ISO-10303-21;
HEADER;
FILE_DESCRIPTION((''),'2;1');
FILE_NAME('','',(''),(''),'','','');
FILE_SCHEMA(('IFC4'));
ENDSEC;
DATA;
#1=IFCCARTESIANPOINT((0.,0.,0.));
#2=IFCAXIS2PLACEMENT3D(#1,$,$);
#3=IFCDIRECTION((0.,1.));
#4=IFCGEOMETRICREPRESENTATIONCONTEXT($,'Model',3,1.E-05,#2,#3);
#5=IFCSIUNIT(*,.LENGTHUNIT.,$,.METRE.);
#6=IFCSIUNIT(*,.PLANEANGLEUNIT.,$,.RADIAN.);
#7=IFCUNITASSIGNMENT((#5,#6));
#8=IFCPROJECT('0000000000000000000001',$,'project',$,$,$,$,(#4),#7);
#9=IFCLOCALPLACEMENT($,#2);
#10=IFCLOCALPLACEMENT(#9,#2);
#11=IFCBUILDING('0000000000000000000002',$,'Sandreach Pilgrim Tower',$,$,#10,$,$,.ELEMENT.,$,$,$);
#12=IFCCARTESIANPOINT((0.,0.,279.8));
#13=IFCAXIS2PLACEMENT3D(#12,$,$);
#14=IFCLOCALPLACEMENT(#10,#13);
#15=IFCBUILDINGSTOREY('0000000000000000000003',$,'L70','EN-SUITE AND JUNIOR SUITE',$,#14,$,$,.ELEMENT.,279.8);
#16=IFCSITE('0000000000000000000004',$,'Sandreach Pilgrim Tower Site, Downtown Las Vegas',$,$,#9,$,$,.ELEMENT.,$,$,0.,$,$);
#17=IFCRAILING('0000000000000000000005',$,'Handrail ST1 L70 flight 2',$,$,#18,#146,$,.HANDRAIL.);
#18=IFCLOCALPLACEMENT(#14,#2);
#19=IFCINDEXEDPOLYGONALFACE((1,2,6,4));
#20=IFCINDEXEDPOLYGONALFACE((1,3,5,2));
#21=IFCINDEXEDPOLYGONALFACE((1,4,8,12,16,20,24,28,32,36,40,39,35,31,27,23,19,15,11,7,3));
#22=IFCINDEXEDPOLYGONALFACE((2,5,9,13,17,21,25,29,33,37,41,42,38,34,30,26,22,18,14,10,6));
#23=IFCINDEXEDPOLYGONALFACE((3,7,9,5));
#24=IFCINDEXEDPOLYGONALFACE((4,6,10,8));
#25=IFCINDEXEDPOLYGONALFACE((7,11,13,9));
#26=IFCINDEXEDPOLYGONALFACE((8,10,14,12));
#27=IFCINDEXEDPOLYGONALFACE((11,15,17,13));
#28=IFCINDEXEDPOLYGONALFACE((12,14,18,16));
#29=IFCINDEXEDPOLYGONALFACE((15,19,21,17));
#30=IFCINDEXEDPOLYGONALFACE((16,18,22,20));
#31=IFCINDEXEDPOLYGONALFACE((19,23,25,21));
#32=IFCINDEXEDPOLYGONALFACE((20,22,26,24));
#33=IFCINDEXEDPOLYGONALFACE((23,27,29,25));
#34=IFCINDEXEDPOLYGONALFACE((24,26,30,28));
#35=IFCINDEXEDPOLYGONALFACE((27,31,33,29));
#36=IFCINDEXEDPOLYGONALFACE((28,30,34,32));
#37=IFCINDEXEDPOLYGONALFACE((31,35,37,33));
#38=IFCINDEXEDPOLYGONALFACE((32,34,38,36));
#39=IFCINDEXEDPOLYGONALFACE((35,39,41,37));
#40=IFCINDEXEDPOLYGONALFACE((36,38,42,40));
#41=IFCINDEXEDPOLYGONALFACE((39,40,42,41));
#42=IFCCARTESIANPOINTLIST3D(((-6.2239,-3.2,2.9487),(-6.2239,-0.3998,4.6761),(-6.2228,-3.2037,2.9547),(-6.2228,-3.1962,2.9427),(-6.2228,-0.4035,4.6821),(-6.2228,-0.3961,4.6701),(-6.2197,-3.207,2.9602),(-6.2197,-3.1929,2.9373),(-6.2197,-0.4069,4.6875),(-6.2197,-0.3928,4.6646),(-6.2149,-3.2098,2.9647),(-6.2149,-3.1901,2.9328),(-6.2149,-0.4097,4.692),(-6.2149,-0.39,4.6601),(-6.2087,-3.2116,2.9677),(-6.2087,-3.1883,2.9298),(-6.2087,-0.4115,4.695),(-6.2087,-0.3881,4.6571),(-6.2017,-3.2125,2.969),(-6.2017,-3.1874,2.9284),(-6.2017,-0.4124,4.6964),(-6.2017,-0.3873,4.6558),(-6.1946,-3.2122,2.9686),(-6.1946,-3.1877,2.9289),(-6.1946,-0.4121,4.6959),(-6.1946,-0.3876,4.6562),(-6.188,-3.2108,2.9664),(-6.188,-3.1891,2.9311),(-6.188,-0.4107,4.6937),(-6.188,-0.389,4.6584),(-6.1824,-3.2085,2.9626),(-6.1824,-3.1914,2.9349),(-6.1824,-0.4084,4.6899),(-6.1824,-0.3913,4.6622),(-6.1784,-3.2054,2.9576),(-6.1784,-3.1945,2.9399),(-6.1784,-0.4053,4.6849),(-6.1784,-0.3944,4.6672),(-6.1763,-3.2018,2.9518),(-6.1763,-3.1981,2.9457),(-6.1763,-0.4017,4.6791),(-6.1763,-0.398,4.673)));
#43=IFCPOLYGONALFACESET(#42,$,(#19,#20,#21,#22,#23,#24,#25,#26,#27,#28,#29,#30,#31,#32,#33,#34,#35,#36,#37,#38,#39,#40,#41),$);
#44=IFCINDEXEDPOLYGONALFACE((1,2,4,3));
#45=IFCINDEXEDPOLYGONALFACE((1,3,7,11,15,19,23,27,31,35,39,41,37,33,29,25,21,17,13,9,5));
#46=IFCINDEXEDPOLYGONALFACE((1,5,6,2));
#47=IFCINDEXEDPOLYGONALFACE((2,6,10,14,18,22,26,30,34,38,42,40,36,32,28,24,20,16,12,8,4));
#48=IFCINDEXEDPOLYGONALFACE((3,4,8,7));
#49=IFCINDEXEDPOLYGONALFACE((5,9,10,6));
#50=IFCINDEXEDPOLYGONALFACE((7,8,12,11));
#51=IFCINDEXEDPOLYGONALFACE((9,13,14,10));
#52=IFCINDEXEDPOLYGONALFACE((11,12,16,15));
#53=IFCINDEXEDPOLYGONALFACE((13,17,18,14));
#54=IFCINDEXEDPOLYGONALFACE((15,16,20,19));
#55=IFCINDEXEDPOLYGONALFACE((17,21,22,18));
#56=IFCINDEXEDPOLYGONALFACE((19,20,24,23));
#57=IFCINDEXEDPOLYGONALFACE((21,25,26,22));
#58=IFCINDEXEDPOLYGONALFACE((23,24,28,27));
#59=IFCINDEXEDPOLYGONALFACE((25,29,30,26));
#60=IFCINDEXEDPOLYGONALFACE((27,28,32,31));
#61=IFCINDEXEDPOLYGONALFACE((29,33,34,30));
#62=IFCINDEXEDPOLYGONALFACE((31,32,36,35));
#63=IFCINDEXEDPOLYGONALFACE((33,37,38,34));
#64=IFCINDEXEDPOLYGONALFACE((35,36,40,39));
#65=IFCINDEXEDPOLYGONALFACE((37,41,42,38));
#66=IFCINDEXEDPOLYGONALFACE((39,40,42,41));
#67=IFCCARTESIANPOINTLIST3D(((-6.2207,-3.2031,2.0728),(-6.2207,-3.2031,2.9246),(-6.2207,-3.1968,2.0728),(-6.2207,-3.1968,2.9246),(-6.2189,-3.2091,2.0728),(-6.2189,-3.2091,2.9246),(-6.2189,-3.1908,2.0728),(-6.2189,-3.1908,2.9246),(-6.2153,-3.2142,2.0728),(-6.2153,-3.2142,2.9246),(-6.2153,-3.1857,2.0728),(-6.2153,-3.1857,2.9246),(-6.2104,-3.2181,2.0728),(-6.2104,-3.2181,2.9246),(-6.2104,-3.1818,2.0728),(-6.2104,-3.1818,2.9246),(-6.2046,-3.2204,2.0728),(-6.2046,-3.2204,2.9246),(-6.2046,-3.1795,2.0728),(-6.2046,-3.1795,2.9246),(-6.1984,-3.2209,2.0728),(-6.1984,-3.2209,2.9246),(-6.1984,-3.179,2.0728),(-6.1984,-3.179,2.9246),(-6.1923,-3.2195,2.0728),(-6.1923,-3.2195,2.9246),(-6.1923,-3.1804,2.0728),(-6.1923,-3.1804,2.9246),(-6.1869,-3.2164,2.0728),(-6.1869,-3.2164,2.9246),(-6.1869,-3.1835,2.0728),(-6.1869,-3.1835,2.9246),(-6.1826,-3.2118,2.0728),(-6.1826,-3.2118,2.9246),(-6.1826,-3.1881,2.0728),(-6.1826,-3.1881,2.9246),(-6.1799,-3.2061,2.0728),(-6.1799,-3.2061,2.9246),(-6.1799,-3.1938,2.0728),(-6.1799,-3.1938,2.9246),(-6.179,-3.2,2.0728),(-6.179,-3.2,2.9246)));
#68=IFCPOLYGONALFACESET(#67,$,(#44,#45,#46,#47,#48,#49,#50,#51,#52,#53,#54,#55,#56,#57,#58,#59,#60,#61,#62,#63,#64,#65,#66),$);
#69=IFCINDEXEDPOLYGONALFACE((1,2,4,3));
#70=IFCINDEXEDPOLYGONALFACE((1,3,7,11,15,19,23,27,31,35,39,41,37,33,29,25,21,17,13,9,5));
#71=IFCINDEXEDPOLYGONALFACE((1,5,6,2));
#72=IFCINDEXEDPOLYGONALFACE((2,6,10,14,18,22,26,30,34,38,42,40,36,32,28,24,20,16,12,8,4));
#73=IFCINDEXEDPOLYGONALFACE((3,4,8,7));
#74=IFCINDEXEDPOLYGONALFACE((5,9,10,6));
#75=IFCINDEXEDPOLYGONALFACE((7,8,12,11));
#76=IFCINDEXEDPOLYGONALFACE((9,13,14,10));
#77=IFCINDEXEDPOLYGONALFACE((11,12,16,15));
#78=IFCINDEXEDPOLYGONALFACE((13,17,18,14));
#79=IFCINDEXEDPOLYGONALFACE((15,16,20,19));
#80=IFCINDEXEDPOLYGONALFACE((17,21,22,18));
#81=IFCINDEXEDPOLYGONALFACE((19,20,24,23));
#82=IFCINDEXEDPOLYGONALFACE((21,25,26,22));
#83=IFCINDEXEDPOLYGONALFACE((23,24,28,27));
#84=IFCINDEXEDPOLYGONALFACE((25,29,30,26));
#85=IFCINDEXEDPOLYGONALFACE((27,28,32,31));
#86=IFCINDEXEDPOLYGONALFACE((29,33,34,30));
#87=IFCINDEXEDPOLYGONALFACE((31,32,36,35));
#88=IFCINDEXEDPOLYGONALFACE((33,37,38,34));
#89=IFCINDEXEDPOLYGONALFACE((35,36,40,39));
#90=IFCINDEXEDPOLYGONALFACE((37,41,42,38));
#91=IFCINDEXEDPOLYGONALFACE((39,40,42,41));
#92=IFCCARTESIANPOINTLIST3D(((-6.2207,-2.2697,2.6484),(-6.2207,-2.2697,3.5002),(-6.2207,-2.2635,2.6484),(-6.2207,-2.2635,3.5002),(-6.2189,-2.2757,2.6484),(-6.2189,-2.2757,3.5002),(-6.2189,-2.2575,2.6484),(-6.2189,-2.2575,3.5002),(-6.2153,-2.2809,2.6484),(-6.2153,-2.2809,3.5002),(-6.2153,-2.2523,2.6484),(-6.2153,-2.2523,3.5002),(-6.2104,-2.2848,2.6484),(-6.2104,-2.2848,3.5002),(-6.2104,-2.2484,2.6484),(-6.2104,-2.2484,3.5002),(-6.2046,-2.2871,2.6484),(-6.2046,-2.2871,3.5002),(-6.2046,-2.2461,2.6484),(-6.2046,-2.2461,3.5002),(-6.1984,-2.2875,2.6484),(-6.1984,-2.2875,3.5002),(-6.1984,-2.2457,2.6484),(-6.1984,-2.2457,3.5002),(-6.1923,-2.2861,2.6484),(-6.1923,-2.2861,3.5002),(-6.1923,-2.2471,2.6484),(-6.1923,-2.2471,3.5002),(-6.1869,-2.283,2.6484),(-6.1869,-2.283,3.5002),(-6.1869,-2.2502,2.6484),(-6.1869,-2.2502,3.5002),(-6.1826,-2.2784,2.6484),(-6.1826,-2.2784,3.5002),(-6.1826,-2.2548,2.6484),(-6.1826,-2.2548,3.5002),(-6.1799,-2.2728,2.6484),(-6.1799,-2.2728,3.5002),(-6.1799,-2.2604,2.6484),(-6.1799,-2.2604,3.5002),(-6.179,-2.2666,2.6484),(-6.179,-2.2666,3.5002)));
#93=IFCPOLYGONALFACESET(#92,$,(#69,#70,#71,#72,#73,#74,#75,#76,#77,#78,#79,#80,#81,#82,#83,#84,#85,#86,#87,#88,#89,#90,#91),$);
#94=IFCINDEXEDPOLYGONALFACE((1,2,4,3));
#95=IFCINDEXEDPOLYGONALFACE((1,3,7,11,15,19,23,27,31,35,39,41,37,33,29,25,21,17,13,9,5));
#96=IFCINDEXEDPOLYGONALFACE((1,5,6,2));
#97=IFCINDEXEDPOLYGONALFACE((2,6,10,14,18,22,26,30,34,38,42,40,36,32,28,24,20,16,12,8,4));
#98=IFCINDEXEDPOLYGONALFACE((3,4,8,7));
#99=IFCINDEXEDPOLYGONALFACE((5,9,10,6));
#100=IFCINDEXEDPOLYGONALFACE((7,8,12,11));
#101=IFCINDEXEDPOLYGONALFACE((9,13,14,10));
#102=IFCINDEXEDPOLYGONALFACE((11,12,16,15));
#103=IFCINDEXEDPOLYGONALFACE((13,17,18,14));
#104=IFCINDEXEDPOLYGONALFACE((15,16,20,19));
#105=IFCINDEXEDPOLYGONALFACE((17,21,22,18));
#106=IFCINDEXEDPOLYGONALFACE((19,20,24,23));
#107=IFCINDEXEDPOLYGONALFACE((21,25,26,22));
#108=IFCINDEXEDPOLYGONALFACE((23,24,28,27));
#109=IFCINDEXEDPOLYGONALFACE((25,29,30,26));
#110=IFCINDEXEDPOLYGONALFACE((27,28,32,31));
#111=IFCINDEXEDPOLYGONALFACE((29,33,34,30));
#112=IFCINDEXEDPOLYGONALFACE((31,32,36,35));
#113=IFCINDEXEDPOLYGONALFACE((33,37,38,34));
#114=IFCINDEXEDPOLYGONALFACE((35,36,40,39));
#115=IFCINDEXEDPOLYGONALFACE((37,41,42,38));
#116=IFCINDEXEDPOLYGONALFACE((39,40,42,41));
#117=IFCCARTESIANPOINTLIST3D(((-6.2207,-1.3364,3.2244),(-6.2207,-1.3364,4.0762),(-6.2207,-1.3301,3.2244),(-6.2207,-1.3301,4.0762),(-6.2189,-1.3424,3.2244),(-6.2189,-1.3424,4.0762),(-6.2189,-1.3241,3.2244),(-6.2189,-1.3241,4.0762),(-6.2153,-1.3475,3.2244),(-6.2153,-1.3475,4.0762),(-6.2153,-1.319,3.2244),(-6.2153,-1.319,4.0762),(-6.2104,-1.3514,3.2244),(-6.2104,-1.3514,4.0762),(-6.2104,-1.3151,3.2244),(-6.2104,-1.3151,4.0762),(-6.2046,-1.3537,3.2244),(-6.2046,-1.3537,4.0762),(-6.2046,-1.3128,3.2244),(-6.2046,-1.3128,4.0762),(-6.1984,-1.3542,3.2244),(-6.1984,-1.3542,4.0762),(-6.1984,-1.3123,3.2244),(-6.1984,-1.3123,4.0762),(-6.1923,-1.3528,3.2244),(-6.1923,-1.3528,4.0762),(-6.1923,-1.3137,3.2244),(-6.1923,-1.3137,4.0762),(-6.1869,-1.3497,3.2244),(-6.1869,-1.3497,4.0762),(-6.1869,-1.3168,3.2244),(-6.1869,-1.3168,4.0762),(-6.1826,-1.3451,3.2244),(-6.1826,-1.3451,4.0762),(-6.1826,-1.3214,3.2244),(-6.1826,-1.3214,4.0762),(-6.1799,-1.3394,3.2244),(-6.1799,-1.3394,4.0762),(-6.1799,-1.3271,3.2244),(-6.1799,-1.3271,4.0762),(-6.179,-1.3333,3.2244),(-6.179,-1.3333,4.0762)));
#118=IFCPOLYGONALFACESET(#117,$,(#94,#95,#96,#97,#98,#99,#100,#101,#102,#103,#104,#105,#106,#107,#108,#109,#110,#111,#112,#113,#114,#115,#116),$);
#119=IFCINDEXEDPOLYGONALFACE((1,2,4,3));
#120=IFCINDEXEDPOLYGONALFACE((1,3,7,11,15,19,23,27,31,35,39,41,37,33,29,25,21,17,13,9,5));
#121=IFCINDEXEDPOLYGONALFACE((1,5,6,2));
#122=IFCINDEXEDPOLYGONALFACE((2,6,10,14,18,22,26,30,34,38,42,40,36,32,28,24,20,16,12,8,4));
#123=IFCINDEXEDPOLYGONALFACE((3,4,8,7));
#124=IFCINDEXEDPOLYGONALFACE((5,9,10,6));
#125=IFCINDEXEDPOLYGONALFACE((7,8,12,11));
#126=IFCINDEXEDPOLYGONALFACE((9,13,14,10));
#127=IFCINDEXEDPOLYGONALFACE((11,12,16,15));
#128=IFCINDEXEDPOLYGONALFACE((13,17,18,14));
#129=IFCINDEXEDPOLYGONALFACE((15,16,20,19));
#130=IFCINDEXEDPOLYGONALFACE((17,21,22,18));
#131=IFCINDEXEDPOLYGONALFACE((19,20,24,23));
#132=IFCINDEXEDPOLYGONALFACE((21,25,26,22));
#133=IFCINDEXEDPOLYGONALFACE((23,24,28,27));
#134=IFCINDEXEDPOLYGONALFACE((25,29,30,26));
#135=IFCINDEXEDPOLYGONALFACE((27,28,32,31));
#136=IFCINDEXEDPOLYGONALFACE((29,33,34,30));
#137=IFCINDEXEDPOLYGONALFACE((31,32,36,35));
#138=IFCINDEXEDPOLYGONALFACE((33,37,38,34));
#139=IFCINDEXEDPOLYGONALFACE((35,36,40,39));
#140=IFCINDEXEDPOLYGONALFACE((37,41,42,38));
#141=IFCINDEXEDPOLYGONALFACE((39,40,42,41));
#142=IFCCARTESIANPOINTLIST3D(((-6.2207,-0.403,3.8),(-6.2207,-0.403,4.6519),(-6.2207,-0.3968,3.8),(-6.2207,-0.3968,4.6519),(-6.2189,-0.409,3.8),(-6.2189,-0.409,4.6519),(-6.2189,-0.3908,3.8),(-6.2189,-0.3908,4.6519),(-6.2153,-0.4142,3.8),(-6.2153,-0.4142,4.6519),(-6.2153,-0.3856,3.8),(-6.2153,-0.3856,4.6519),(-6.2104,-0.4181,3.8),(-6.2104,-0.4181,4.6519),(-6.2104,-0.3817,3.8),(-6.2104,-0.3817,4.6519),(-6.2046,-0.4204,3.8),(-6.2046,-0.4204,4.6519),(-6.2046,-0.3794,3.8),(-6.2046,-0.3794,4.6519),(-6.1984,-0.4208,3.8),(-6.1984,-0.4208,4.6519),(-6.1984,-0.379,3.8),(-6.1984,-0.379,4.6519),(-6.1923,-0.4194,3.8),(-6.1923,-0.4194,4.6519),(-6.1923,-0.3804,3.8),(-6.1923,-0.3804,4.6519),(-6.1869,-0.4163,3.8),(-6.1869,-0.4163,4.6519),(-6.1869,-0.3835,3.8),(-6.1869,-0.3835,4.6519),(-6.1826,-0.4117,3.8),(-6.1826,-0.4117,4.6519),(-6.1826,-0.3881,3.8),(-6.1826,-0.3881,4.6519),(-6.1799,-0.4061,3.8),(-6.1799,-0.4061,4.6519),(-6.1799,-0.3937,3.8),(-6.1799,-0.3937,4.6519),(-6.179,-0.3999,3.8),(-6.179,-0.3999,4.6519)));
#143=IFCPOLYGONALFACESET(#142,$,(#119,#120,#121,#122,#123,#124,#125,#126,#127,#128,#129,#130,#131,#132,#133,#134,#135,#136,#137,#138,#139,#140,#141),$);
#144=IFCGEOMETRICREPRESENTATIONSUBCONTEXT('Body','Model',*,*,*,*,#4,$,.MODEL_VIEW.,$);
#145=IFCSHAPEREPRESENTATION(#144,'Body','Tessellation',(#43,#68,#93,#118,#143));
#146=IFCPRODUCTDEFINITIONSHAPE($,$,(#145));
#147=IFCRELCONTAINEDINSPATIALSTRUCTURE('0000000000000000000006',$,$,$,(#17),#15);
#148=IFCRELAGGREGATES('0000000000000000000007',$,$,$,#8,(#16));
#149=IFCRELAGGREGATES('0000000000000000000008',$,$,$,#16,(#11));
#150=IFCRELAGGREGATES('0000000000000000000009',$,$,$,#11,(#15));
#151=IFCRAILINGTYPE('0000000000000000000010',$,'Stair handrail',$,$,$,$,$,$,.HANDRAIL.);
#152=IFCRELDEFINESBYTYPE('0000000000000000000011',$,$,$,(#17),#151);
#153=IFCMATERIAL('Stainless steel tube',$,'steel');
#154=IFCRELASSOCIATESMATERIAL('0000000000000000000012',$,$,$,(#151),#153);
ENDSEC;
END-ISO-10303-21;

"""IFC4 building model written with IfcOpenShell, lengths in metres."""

from ifc_helpers import new_model, si_unit, direction, frame, origin, origin_2d, place, context, subcontext, project, spatial, circle, extrude, material, type_object, element, save


model = new_model("IFC4")

# Units and contexts
model_context = context("Model", 3, precision=1e-05, world=origin(), true_north=direction((0.0, 1.0)))
body_context = subcontext(model_context, "Body", "Model", "MODEL_VIEW")
ifc_project = project(units=[si_unit("LENGTHUNIT", "METRE"), si_unit("PLANEANGLEUNIT", "RADIAN")], contexts=[model_context])

# Site, building, storey
site_placement = place(None, origin())
site = spatial("IfcSite", under=ifc_project, at=site_placement, Name="Sandreach Pilgrim Tower Site, Downtown Las Vegas", CompositionType="ELEMENT", RefElevation=0.0)
building_placement = place(site_placement, origin())
building = spatial("IfcBuilding", under=site, at=building_placement, Name="Sandreach Pilgrim Tower", CompositionType="ELEMENT")
storey_placement = place(building_placement, frame((0.0, 0.0, 279.8)))
storey = spatial("IfcBuildingStorey", under=building, at=storey_placement, Name="L70", Description="EN-SUITE AND JUNIOR SUITE", CompositionType="ELEMENT", Elevation=279.8)

# Railing
ifc_material_1 = material(Name="Stainless steel tube", Category="steel")
railing_type = type_object("IfcRailingType", Name="Stair handrail", PredefinedType="HANDRAIL", material=ifc_material_1)
for number, where, name in (
    (1, (-6.2, -3.2, 2.0728), "Handrail ST1 L70 flight 2"),
):
    element("IfcRailing", number, at=place(storey_placement, frame(where)), inside=storey, type_object=railing_type, Name=name, PredefinedType="HANDRAIL", context=body_context, shape_type="SweptSolid", body=[
        extrude(circle(Radius=0.0239, at=origin_2d()), frame((0.0, 0.0, 0.876), z_axis=(0.0, 0.85109, 0.52502), x_axis=(-1.0, 0.0, 0.0)), (0.0, 0.0, 1.0), 3.29),
        extrude(circle(Radius=0.021, at=origin_2d()), origin(), (0.0, 0.0, 1.0), 0.8518),
        extrude(circle(Radius=0.021, at=origin_2d()), frame((0.0, 0.9333, 0.5757)), (0.0, 0.0, 1.0), 0.8518),
        extrude(circle(Radius=0.021, at=origin_2d()), frame((0.0, 1.8667, 1.1516)), (0.0, 0.0, 1.0), 0.8518),
        extrude(circle(Radius=0.021, at=origin_2d()), frame((0.0, 2.8, 1.7273)), (0.0, 0.0, 1.0), 0.8518),
    ])

save(model, "model.ifc")
